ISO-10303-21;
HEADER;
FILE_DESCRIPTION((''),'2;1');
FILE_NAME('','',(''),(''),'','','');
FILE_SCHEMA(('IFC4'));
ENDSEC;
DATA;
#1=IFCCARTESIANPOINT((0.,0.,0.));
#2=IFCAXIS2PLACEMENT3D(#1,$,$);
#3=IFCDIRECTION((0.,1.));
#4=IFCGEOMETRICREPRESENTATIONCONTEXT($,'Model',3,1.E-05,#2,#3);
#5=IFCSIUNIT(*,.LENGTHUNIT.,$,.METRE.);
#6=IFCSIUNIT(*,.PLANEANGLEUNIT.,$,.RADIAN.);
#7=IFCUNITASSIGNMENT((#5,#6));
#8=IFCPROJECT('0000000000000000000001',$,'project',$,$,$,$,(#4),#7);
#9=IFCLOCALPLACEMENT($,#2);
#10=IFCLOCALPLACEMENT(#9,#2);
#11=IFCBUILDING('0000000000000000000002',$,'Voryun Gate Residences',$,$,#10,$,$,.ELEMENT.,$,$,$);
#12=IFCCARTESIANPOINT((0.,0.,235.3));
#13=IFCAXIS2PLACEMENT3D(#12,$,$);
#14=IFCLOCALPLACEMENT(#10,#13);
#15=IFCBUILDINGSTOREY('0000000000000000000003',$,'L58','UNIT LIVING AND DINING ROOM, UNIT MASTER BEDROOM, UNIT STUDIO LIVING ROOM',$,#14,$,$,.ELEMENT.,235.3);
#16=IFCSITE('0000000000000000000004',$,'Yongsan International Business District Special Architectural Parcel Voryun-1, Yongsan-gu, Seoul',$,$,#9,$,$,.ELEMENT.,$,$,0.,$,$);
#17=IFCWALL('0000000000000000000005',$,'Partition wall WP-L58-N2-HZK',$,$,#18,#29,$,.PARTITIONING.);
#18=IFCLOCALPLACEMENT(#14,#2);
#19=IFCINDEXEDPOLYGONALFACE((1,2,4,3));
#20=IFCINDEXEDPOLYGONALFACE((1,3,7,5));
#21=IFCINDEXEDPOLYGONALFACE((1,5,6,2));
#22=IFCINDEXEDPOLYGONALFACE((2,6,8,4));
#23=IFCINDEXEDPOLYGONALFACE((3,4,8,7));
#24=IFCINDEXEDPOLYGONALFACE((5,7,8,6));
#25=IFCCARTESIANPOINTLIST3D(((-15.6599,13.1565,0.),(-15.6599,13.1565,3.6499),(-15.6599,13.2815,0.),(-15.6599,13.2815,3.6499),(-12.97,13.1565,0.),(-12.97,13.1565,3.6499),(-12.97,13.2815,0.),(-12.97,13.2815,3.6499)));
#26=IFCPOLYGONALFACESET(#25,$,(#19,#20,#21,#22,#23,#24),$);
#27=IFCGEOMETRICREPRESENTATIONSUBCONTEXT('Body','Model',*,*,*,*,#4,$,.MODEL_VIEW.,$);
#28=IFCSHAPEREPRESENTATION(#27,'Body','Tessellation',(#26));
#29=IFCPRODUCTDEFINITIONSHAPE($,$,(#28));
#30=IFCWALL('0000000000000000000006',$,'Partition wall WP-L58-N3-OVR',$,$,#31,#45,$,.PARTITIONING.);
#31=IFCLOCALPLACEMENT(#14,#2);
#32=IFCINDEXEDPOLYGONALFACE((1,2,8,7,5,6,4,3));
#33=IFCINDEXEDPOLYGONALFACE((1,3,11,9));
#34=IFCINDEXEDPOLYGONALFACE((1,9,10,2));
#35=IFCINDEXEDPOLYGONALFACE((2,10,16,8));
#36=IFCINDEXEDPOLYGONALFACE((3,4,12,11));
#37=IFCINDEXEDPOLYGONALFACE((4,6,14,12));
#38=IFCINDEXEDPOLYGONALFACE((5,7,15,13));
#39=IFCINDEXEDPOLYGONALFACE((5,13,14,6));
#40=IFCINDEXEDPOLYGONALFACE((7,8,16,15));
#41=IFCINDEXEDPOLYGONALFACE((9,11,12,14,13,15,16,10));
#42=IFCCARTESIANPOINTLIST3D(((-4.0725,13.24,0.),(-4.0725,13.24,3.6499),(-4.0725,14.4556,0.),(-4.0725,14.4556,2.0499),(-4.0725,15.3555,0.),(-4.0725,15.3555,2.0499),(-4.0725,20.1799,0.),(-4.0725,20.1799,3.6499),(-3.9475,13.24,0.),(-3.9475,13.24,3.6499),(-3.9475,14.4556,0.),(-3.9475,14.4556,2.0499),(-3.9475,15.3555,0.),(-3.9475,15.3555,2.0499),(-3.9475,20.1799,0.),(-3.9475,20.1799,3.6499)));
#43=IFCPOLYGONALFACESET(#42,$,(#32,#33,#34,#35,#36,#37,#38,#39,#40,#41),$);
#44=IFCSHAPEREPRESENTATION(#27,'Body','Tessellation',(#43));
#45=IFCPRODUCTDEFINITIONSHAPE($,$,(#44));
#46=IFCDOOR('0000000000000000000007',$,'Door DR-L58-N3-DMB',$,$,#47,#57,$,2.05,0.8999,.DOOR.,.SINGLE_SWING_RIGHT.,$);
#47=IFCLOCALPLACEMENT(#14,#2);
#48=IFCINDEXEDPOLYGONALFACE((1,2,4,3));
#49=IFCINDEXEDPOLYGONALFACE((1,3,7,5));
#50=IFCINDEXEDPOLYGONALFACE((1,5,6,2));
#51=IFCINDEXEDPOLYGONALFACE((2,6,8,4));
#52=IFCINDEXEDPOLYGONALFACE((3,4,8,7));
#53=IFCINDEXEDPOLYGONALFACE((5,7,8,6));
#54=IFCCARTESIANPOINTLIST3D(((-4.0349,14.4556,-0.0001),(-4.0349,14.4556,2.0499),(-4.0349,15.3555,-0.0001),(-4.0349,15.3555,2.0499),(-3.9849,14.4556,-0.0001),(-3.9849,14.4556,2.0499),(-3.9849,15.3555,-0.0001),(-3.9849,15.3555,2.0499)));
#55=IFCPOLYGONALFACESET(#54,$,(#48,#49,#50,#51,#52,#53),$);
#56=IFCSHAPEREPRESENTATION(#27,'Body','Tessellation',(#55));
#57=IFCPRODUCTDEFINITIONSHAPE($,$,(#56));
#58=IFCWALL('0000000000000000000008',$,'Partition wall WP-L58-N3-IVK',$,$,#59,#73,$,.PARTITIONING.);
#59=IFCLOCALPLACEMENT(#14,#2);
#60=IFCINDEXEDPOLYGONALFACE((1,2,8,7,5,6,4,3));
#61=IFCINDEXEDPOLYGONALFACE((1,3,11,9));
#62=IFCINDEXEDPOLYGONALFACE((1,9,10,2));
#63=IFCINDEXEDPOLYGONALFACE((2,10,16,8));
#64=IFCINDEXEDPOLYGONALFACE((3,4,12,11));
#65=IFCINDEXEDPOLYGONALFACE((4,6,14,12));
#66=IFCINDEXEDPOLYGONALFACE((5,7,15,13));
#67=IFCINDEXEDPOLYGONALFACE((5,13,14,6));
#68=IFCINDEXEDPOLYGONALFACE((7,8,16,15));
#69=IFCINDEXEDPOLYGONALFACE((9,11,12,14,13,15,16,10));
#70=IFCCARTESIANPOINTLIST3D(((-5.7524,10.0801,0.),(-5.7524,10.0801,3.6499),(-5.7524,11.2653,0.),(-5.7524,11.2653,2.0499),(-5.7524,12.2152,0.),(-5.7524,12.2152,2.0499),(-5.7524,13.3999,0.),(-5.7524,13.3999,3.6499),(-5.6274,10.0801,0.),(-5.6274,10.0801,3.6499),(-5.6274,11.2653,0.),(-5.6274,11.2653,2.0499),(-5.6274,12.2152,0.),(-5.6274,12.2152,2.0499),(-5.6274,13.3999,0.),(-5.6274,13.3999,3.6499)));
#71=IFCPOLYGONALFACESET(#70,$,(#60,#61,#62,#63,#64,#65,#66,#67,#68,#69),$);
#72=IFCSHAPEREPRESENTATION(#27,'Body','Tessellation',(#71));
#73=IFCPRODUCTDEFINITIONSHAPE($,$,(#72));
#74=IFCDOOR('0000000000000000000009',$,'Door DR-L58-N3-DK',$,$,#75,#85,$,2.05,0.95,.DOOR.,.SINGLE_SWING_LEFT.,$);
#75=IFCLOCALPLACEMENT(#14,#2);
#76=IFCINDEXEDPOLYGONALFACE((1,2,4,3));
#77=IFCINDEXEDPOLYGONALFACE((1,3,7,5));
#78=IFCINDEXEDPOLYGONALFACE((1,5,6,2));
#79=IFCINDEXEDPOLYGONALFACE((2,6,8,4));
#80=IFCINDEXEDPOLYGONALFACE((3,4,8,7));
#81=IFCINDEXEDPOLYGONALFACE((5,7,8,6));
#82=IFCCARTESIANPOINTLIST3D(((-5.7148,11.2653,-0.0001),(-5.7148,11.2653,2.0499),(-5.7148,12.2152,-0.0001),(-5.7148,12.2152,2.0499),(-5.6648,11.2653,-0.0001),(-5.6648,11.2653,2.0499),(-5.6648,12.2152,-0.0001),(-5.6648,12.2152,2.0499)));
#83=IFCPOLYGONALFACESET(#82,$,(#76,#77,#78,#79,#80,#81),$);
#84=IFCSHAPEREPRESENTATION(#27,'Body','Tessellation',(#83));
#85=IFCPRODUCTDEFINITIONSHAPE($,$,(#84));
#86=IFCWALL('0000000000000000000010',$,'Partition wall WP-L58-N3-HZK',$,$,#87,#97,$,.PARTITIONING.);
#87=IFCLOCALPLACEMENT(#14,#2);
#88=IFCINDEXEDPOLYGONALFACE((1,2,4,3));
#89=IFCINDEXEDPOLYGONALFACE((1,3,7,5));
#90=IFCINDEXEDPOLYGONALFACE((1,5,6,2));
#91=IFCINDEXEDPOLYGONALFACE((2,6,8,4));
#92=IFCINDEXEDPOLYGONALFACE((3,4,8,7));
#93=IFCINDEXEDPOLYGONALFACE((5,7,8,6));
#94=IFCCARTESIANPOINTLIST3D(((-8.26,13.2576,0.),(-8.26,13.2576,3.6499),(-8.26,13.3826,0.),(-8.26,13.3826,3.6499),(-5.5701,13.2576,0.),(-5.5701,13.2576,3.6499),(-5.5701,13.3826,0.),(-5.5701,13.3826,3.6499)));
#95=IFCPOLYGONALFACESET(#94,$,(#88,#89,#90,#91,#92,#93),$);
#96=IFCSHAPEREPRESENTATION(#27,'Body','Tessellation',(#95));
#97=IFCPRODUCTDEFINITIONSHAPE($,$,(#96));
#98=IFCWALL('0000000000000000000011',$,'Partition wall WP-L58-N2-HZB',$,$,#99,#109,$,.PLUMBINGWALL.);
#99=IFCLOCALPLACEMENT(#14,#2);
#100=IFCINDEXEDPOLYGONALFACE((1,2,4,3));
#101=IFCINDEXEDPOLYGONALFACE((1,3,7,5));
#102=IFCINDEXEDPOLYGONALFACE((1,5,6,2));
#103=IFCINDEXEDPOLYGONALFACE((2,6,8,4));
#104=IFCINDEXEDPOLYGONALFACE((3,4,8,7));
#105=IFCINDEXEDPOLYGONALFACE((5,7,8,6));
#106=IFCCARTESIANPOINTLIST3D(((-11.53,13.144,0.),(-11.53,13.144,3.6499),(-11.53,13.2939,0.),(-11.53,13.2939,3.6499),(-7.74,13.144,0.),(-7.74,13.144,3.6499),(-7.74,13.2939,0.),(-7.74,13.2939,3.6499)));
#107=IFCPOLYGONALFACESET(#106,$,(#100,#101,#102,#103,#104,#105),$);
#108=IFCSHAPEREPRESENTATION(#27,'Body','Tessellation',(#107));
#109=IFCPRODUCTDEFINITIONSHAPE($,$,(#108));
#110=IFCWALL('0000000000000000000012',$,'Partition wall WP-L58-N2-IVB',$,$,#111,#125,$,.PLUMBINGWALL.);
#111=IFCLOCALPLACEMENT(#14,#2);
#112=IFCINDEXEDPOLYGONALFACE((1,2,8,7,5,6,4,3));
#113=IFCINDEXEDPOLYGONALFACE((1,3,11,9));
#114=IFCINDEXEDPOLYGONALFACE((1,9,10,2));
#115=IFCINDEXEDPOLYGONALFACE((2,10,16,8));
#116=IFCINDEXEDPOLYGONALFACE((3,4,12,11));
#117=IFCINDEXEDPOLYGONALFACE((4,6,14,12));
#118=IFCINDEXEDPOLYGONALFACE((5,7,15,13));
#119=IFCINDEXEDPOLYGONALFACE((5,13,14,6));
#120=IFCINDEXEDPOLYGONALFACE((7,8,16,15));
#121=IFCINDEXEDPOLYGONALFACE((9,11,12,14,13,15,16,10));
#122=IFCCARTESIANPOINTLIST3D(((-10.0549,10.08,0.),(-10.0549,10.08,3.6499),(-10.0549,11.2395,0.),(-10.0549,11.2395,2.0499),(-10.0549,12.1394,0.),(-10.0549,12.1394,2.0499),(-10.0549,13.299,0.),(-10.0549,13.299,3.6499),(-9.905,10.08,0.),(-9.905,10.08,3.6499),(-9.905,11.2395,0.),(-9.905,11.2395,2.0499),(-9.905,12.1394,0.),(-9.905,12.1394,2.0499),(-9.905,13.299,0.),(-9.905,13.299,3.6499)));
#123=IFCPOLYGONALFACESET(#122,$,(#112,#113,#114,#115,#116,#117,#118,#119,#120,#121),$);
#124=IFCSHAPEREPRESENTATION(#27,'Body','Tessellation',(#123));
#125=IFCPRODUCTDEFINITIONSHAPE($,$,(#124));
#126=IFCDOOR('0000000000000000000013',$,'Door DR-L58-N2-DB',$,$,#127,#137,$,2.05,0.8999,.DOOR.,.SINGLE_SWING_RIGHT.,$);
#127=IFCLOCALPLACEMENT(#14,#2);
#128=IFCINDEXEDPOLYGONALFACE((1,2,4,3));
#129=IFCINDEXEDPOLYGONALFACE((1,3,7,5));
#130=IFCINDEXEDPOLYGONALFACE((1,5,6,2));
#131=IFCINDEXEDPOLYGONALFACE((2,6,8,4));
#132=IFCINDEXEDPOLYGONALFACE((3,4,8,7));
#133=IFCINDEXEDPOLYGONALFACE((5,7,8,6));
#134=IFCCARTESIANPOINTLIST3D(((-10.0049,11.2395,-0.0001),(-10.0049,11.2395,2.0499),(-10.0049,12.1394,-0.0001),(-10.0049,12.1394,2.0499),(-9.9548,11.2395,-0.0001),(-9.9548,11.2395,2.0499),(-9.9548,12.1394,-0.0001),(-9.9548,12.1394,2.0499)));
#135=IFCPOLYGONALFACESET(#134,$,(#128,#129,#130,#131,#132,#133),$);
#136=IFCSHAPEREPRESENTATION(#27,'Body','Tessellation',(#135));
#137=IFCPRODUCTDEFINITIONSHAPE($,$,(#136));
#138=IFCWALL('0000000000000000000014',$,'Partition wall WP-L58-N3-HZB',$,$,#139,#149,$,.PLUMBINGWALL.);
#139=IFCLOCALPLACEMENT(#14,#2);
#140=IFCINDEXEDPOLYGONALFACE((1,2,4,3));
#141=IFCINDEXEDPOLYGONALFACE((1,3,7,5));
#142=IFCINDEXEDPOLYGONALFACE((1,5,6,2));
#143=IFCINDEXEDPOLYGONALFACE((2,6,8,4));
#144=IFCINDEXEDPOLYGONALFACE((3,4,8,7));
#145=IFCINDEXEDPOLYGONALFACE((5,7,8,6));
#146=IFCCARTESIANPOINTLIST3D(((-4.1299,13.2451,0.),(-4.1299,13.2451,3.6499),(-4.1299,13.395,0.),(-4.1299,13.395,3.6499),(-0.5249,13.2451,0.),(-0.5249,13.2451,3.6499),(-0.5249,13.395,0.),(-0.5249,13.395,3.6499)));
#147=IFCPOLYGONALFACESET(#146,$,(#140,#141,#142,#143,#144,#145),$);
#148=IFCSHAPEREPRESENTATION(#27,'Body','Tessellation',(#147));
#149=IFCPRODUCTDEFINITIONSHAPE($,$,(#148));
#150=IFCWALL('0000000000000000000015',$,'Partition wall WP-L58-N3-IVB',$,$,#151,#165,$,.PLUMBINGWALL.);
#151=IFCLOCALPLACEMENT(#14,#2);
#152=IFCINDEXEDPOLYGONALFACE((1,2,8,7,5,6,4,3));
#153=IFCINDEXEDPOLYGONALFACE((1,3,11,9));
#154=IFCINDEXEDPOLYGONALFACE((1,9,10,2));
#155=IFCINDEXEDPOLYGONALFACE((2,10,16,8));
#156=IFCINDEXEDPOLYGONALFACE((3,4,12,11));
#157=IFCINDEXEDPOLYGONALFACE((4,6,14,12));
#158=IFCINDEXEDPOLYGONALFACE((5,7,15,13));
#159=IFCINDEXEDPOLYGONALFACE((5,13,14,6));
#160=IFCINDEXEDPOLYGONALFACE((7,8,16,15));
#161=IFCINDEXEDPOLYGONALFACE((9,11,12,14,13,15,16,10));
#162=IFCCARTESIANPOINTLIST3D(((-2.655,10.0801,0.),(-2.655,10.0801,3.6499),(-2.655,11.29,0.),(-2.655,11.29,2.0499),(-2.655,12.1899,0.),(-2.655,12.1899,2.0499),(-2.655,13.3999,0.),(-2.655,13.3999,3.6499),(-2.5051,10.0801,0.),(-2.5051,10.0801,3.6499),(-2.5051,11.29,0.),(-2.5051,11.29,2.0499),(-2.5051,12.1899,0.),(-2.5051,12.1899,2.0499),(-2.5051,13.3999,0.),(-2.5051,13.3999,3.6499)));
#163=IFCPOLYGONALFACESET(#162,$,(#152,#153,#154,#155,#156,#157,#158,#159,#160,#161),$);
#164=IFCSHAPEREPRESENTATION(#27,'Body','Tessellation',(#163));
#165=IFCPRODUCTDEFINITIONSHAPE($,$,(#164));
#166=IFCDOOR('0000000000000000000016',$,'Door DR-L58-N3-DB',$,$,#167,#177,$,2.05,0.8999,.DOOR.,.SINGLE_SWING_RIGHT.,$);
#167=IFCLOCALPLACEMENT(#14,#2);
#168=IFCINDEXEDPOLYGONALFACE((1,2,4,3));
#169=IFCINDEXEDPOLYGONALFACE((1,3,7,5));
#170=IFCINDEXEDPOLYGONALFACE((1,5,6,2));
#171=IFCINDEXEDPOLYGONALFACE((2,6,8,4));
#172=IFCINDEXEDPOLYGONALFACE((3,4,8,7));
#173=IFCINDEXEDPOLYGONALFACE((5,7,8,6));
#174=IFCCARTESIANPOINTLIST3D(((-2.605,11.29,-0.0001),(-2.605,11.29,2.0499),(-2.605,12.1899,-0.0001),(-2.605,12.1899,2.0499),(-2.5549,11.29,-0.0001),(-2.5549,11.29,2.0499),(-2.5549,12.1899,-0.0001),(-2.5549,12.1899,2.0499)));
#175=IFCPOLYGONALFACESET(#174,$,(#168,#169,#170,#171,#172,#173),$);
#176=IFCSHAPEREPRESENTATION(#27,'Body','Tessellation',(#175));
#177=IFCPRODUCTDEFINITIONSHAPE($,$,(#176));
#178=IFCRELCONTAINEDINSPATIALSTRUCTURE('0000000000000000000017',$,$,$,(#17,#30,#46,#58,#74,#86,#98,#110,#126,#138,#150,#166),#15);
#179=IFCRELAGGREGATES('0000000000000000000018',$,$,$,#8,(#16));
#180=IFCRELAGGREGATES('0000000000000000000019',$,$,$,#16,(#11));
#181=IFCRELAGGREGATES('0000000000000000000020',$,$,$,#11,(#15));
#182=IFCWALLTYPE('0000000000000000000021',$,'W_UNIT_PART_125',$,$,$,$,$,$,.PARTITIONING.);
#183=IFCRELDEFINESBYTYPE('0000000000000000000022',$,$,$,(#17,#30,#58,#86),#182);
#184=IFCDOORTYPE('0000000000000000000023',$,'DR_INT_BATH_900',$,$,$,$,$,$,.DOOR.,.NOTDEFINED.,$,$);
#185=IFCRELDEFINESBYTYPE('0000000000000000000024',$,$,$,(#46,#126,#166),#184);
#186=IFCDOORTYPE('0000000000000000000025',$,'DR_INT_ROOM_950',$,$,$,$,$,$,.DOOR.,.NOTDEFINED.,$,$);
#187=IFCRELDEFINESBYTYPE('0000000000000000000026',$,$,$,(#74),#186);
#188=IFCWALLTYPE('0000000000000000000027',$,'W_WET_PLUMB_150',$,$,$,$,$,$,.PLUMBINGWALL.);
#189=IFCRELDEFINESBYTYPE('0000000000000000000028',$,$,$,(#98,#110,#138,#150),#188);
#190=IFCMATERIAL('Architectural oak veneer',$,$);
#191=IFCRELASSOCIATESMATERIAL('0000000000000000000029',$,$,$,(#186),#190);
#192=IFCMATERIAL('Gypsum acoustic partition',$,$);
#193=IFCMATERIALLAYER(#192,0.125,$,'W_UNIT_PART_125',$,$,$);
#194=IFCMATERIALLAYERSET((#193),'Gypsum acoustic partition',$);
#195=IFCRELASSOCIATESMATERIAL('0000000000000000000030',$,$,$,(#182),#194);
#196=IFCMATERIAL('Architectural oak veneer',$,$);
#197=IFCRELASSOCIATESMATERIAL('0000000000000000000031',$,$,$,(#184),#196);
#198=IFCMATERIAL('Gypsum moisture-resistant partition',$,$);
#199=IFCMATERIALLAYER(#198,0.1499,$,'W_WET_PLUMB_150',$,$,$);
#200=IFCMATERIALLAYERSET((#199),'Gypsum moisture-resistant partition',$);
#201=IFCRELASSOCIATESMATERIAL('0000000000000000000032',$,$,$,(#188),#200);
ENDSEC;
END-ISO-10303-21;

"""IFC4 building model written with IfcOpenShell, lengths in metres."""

from ifc_helpers import new_model, si_unit, direction, frame, frame_2d, origin, place, context, subcontext, project, spatial, rectangle, extrude, material, layer, layer_set, type_object, element, fill, save


model = new_model("IFC4")

# Units and contexts
model_context = context("Model", 3, precision=1e-05, world=origin(), true_north=direction((0.0, 1.0)))
body_context = subcontext(model_context, "Body", "Model", "MODEL_VIEW")
ifc_project = project(units=[si_unit("LENGTHUNIT", "METRE"), si_unit("PLANEANGLEUNIT", "RADIAN")], contexts=[model_context])

# Site, building, storey
site_placement = place(None, origin())
site = spatial("IfcSite", under=ifc_project, at=site_placement, Name="Yongsan International Business District Special Architectural Parcel Voryun-1, Yongsan-gu, Seoul", CompositionType="ELEMENT", RefElevation=0.0)
building_placement = place(site_placement, origin())
building = spatial("IfcBuilding", under=site, at=building_placement, Name="Voryun Gate Residences", CompositionType="ELEMENT")
storey_placement = place(building_placement, frame((0.0, 0.0, 235.3)))
storey = spatial("IfcBuildingStorey", under=building, at=storey_placement, Name="L58", Description="UNIT LIVING AND DINING ROOM, UNIT MASTER BEDROOM, UNIT STUDIO LIVING ROOM", CompositionType="ELEMENT", Elevation=235.3)

# Shared definitions
ifc_material_1 = material(Name="Architectural oak veneer")
door_type_1 = type_object("IfcDoorType", Name="DR_INT_ROOM_950", OperationType="NOTDEFINED", PredefinedType="DOOR", material=ifc_material_1)

# Shared definitions
ifc_material_2 = material(Name="Gypsum acoustic partition")
ifc_layer_1 = layer(ifc_material_2, 0.125, Name="W_UNIT_PART_125")
ifc_layer_set_1 = layer_set([ifc_layer_1], Name="Gypsum acoustic partition")
wall_type_1 = type_object("IfcWallType", Name="W_UNIT_PART_125", PredefinedType="PARTITIONING", material=ifc_layer_set_1)
ifc_material_3 = material(Name="Architectural oak veneer")
door_type_2 = type_object("IfcDoorType", Name="DR_INT_BATH_900", OperationType="NOTDEFINED", PredefinedType="DOOR", material=ifc_material_3)

# Wall
wall_1_placement = place(storey_placement, frame((-15.6599, 13.219, 0.0), z_axis=(0.0, 0.0, 1.0), x_axis=(1.0, 0.0, 0.0)))
element("IfcWall", 1, at=wall_1_placement, inside=storey, type_object=wall_type_1, Name="Partition wall WP-L58-N2-HZK", PredefinedType="PARTITIONING", context=body_context, shape_type="SweptSolid", body=[
    extrude(rectangle(XDim=2.6899, YDim=0.125, at=frame_2d((1.345, 0.0))), origin(), (0.0, 0.0, 1.0), 3.6499),
])

# Walls, openings, doors
wall_2_placement = place(storey_placement, frame((-4.01, 13.24, 0.0), z_axis=(0.0, 0.0, 1.0), x_axis=(0.0, 1.0, 0.0)))
wall_2 = element("IfcWall", 2, at=wall_2_placement, inside=storey, type_object=wall_type_1, Name="Partition wall WP-L58-N3-OVR", PredefinedType="PARTITIONING", context=body_context, shape_type="SweptSolid", body=[
    extrude(rectangle(XDim=6.9399, YDim=0.125, at=frame_2d((3.47, 0.0))), origin(), (0.0, 0.0, 1.0), 3.6499),
])
opening_1_placement = place(wall_2_placement, frame((1.2156, 0.0, 0.0)))
opening_1 = element("IfcOpeningElement", 3, at=opening_1_placement, cuts=wall_2, PredefinedType="OPENING", context=body_context, shape_type="SweptSolid", body=[
    extrude(rectangle(XDim=0.8999, YDim=2.05, at=frame_2d((0.45, 1.0249))), frame((0.0, 0.0725, 0.0), z_axis=(0.0, -1.0, 0.0), x_axis=(1.0, 0.0, 0.0)), (0.0, 0.0, 1.0), 0.145),
])
door_1_placement = place(opening_1_placement, origin())
door_1 = element("IfcDoor", 4, at=door_1_placement, inside=storey, type_object=door_type_2, Name="Door DR-L58-N3-DMB", OperationType="SINGLE_SWING_RIGHT", OverallHeight=2.05, OverallWidth=0.8999, PredefinedType="DOOR", context=body_context, shape_type="SweptSolid", body=[
    extrude(rectangle(XDim=0.8999, YDim=2.05, at=frame_2d((0.45, 1.0249))), frame((0.0, 0.0249, 0.0), z_axis=(0.0, -1.0, 0.0), x_axis=(1.0, 0.0, 0.0)), (0.0, 0.0, 1.0), 0.05),
])
fill(opening_1, door_1)
wall_3_placement = place(storey_placement, frame((-5.6899, 10.0801, 0.0), z_axis=(0.0, 0.0, 1.0), x_axis=(0.0, 1.0, 0.0)))
wall_3 = element("IfcWall", 5, at=wall_3_placement, inside=storey, type_object=wall_type_1, Name="Partition wall WP-L58-N3-IVK", PredefinedType="PARTITIONING", context=body_context, shape_type="SweptSolid", body=[
    extrude(rectangle(XDim=3.3198, YDim=0.125, at=frame_2d((1.6599, 0.0))), origin(), (0.0, 0.0, 1.0), 3.6499),
])
opening_2_placement = place(wall_3_placement, frame((1.1851, 0.0, 0.0)))
opening_2 = element("IfcOpeningElement", 6, at=opening_2_placement, cuts=wall_3, PredefinedType="OPENING", context=body_context, shape_type="SweptSolid", body=[
    extrude(rectangle(XDim=0.95, YDim=2.05, at=frame_2d((0.4751, 1.0249))), frame((0.0, 0.0725, 0.0), z_axis=(0.0, -1.0, 0.0), x_axis=(1.0, 0.0, 0.0)), (0.0, 0.0, 1.0), 0.145),
])
door_2_placement = place(opening_2_placement, origin())
door_2 = element("IfcDoor", 7, at=door_2_placement, inside=storey, type_object=door_type_1, Name="Door DR-L58-N3-DK", OperationType="SINGLE_SWING_LEFT", OverallHeight=2.05, OverallWidth=0.95, PredefinedType="DOOR", context=body_context, shape_type="SweptSolid", body=[
    extrude(rectangle(XDim=0.95, YDim=2.05, at=frame_2d((0.4751, 1.0249))), frame((0.0, 0.0249, 0.0), z_axis=(0.0, -1.0, 0.0), x_axis=(1.0, 0.0, 0.0)), (0.0, 0.0, 1.0), 0.05),
])
fill(opening_2, door_2)

# Walls
wall_4_placement = place(storey_placement, frame((-8.26, 13.3201, 0.0), z_axis=(0.0, 0.0, 1.0), x_axis=(1.0, 0.0, 0.0)))
element("IfcWall", 8, at=wall_4_placement, inside=storey, type_object=wall_type_1, Name="Partition wall WP-L58-N3-HZK", PredefinedType="PARTITIONING", context=body_context, shape_type="SweptSolid", body=[
    extrude(rectangle(XDim=2.6899, YDim=0.125, at=frame_2d((1.345, 0.0))), origin(), (0.0, 0.0, 1.0), 3.6499),
])
ifc_material_4 = material(Name="Gypsum moisture-resistant partition")
ifc_layer_2 = layer(ifc_material_4, 0.1499, Name="W_WET_PLUMB_150")
ifc_layer_set_2 = layer_set([ifc_layer_2], Name="Gypsum moisture-resistant partition")
wall_type_2 = type_object("IfcWallType", Name="W_WET_PLUMB_150", PredefinedType="PLUMBINGWALL", material=ifc_layer_set_2)
wall_5_placement = place(storey_placement, frame((-11.53, 13.219, 0.0), z_axis=(0.0, 0.0, 1.0), x_axis=(1.0, 0.0, 0.0)))
element("IfcWall", 9, at=wall_5_placement, inside=storey, type_object=wall_type_2, Name="Partition wall WP-L58-N2-HZB", PredefinedType="PLUMBINGWALL", context=body_context, shape_type="SweptSolid", body=[
    extrude(rectangle(XDim=3.79, YDim=0.1499, at=frame_2d((1.895, 0.0))), origin(), (0.0, 0.0, 1.0), 3.6499),
])

# Wall, opening, door
wall_6_placement = place(storey_placement, frame((-9.98, 10.0801, 0.0), z_axis=(0.0, 0.0, 1.0), x_axis=(0.0, 1.0, 0.0)))
wall_6 = element("IfcWall", 10, at=wall_6_placement, inside=storey, type_object=wall_type_2, Name="Partition wall WP-L58-N2-IVB", PredefinedType="PLUMBINGWALL", context=body_context, shape_type="SweptSolid", body=[
    extrude(rectangle(XDim=3.219, YDim=0.1499, at=frame_2d((1.6094, 0.0))), origin(), (0.0, 0.0, 1.0), 3.6499),
])
opening_3_placement = place(wall_6_placement, frame((1.1594, 0.0, 0.0)))
opening_3 = element("IfcOpeningElement", 11, at=opening_3_placement, cuts=wall_6, PredefinedType="OPENING", context=body_context, shape_type="SweptSolid", body=[
    extrude(rectangle(XDim=0.8999, YDim=2.05, at=frame_2d((0.45, 1.0249))), frame((0.0, 0.085, 0.0), z_axis=(0.0, -1.0, 0.0), x_axis=(1.0, 0.0, 0.0)), (0.0, 0.0, 1.0), 0.1699),
])
door_3_placement = place(opening_3_placement, origin())
door_3 = element("IfcDoor", 12, at=door_3_placement, inside=storey, type_object=door_type_2, Name="Door DR-L58-N2-DB", OperationType="SINGLE_SWING_RIGHT", OverallHeight=2.05, OverallWidth=0.8999, PredefinedType="DOOR", context=body_context, shape_type="SweptSolid", body=[
    extrude(rectangle(XDim=0.8999, YDim=2.05, at=frame_2d((0.45, 1.0249))), frame((0.0, 0.0249, 0.0), z_axis=(0.0, -1.0, 0.0), x_axis=(1.0, 0.0, 0.0)), (0.0, 0.0, 1.0), 0.05),
])
fill(opening_3, door_3)

# Wall
wall_7_placement = place(storey_placement, frame((-4.1299, 13.3201, 0.0), z_axis=(0.0, 0.0, 1.0), x_axis=(1.0, 0.0, 0.0)))
element("IfcWall", 13, at=wall_7_placement, inside=storey, type_object=wall_type_2, Name="Partition wall WP-L58-N3-HZB", PredefinedType="PLUMBINGWALL", context=body_context, shape_type="SweptSolid", body=[
    extrude(rectangle(XDim=3.605, YDim=0.1499, at=frame_2d((1.8025, 0.0))), origin(), (0.0, 0.0, 1.0), 3.6499),
])

# Wall, opening, door
wall_8_placement = place(storey_placement, frame((-2.5801, 10.0801, 0.0), z_axis=(0.0, 0.0, 1.0), x_axis=(0.0, 1.0, 0.0)))
wall_8 = element("IfcWall", 14, at=wall_8_placement, inside=storey, type_object=wall_type_2, Name="Partition wall WP-L58-N3-IVB", PredefinedType="PLUMBINGWALL", context=body_context, shape_type="SweptSolid", body=[
    extrude(rectangle(XDim=3.3198, YDim=0.1499, at=frame_2d((1.6599, 0.0))), origin(), (0.0, 0.0, 1.0), 3.6499),
])
opening_4_placement = place(wall_8_placement, frame((1.21, 0.0, 0.0)))
opening_4 = element("IfcOpeningElement", 15, at=opening_4_placement, cuts=wall_8, PredefinedType="OPENING", context=body_context, shape_type="SweptSolid", body=[
    extrude(rectangle(XDim=0.8999, YDim=2.05, at=frame_2d((0.45, 1.0249))), frame((0.0, 0.085, 0.0), z_axis=(0.0, -1.0, 0.0), x_axis=(1.0, 0.0, 0.0)), (0.0, 0.0, 1.0), 0.1699),
])
door_4_placement = place(opening_4_placement, origin())
door_4 = element("IfcDoor", 16, at=door_4_placement, inside=storey, type_object=door_type_2, Name="Door DR-L58-N3-DB", OperationType="SINGLE_SWING_RIGHT", OverallHeight=2.05, OverallWidth=0.8999, PredefinedType="DOOR", context=body_context, shape_type="SweptSolid", body=[
    extrude(rectangle(XDim=0.8999, YDim=2.05, at=frame_2d((0.45, 1.0249))), frame((0.0, 0.0249, 0.0), z_axis=(0.0, -1.0, 0.0), x_axis=(1.0, 0.0, 0.0)), (0.0, 0.0, 1.0), 0.05),
])
fill(opening_4, door_4)

save(model, "model.ifc")
